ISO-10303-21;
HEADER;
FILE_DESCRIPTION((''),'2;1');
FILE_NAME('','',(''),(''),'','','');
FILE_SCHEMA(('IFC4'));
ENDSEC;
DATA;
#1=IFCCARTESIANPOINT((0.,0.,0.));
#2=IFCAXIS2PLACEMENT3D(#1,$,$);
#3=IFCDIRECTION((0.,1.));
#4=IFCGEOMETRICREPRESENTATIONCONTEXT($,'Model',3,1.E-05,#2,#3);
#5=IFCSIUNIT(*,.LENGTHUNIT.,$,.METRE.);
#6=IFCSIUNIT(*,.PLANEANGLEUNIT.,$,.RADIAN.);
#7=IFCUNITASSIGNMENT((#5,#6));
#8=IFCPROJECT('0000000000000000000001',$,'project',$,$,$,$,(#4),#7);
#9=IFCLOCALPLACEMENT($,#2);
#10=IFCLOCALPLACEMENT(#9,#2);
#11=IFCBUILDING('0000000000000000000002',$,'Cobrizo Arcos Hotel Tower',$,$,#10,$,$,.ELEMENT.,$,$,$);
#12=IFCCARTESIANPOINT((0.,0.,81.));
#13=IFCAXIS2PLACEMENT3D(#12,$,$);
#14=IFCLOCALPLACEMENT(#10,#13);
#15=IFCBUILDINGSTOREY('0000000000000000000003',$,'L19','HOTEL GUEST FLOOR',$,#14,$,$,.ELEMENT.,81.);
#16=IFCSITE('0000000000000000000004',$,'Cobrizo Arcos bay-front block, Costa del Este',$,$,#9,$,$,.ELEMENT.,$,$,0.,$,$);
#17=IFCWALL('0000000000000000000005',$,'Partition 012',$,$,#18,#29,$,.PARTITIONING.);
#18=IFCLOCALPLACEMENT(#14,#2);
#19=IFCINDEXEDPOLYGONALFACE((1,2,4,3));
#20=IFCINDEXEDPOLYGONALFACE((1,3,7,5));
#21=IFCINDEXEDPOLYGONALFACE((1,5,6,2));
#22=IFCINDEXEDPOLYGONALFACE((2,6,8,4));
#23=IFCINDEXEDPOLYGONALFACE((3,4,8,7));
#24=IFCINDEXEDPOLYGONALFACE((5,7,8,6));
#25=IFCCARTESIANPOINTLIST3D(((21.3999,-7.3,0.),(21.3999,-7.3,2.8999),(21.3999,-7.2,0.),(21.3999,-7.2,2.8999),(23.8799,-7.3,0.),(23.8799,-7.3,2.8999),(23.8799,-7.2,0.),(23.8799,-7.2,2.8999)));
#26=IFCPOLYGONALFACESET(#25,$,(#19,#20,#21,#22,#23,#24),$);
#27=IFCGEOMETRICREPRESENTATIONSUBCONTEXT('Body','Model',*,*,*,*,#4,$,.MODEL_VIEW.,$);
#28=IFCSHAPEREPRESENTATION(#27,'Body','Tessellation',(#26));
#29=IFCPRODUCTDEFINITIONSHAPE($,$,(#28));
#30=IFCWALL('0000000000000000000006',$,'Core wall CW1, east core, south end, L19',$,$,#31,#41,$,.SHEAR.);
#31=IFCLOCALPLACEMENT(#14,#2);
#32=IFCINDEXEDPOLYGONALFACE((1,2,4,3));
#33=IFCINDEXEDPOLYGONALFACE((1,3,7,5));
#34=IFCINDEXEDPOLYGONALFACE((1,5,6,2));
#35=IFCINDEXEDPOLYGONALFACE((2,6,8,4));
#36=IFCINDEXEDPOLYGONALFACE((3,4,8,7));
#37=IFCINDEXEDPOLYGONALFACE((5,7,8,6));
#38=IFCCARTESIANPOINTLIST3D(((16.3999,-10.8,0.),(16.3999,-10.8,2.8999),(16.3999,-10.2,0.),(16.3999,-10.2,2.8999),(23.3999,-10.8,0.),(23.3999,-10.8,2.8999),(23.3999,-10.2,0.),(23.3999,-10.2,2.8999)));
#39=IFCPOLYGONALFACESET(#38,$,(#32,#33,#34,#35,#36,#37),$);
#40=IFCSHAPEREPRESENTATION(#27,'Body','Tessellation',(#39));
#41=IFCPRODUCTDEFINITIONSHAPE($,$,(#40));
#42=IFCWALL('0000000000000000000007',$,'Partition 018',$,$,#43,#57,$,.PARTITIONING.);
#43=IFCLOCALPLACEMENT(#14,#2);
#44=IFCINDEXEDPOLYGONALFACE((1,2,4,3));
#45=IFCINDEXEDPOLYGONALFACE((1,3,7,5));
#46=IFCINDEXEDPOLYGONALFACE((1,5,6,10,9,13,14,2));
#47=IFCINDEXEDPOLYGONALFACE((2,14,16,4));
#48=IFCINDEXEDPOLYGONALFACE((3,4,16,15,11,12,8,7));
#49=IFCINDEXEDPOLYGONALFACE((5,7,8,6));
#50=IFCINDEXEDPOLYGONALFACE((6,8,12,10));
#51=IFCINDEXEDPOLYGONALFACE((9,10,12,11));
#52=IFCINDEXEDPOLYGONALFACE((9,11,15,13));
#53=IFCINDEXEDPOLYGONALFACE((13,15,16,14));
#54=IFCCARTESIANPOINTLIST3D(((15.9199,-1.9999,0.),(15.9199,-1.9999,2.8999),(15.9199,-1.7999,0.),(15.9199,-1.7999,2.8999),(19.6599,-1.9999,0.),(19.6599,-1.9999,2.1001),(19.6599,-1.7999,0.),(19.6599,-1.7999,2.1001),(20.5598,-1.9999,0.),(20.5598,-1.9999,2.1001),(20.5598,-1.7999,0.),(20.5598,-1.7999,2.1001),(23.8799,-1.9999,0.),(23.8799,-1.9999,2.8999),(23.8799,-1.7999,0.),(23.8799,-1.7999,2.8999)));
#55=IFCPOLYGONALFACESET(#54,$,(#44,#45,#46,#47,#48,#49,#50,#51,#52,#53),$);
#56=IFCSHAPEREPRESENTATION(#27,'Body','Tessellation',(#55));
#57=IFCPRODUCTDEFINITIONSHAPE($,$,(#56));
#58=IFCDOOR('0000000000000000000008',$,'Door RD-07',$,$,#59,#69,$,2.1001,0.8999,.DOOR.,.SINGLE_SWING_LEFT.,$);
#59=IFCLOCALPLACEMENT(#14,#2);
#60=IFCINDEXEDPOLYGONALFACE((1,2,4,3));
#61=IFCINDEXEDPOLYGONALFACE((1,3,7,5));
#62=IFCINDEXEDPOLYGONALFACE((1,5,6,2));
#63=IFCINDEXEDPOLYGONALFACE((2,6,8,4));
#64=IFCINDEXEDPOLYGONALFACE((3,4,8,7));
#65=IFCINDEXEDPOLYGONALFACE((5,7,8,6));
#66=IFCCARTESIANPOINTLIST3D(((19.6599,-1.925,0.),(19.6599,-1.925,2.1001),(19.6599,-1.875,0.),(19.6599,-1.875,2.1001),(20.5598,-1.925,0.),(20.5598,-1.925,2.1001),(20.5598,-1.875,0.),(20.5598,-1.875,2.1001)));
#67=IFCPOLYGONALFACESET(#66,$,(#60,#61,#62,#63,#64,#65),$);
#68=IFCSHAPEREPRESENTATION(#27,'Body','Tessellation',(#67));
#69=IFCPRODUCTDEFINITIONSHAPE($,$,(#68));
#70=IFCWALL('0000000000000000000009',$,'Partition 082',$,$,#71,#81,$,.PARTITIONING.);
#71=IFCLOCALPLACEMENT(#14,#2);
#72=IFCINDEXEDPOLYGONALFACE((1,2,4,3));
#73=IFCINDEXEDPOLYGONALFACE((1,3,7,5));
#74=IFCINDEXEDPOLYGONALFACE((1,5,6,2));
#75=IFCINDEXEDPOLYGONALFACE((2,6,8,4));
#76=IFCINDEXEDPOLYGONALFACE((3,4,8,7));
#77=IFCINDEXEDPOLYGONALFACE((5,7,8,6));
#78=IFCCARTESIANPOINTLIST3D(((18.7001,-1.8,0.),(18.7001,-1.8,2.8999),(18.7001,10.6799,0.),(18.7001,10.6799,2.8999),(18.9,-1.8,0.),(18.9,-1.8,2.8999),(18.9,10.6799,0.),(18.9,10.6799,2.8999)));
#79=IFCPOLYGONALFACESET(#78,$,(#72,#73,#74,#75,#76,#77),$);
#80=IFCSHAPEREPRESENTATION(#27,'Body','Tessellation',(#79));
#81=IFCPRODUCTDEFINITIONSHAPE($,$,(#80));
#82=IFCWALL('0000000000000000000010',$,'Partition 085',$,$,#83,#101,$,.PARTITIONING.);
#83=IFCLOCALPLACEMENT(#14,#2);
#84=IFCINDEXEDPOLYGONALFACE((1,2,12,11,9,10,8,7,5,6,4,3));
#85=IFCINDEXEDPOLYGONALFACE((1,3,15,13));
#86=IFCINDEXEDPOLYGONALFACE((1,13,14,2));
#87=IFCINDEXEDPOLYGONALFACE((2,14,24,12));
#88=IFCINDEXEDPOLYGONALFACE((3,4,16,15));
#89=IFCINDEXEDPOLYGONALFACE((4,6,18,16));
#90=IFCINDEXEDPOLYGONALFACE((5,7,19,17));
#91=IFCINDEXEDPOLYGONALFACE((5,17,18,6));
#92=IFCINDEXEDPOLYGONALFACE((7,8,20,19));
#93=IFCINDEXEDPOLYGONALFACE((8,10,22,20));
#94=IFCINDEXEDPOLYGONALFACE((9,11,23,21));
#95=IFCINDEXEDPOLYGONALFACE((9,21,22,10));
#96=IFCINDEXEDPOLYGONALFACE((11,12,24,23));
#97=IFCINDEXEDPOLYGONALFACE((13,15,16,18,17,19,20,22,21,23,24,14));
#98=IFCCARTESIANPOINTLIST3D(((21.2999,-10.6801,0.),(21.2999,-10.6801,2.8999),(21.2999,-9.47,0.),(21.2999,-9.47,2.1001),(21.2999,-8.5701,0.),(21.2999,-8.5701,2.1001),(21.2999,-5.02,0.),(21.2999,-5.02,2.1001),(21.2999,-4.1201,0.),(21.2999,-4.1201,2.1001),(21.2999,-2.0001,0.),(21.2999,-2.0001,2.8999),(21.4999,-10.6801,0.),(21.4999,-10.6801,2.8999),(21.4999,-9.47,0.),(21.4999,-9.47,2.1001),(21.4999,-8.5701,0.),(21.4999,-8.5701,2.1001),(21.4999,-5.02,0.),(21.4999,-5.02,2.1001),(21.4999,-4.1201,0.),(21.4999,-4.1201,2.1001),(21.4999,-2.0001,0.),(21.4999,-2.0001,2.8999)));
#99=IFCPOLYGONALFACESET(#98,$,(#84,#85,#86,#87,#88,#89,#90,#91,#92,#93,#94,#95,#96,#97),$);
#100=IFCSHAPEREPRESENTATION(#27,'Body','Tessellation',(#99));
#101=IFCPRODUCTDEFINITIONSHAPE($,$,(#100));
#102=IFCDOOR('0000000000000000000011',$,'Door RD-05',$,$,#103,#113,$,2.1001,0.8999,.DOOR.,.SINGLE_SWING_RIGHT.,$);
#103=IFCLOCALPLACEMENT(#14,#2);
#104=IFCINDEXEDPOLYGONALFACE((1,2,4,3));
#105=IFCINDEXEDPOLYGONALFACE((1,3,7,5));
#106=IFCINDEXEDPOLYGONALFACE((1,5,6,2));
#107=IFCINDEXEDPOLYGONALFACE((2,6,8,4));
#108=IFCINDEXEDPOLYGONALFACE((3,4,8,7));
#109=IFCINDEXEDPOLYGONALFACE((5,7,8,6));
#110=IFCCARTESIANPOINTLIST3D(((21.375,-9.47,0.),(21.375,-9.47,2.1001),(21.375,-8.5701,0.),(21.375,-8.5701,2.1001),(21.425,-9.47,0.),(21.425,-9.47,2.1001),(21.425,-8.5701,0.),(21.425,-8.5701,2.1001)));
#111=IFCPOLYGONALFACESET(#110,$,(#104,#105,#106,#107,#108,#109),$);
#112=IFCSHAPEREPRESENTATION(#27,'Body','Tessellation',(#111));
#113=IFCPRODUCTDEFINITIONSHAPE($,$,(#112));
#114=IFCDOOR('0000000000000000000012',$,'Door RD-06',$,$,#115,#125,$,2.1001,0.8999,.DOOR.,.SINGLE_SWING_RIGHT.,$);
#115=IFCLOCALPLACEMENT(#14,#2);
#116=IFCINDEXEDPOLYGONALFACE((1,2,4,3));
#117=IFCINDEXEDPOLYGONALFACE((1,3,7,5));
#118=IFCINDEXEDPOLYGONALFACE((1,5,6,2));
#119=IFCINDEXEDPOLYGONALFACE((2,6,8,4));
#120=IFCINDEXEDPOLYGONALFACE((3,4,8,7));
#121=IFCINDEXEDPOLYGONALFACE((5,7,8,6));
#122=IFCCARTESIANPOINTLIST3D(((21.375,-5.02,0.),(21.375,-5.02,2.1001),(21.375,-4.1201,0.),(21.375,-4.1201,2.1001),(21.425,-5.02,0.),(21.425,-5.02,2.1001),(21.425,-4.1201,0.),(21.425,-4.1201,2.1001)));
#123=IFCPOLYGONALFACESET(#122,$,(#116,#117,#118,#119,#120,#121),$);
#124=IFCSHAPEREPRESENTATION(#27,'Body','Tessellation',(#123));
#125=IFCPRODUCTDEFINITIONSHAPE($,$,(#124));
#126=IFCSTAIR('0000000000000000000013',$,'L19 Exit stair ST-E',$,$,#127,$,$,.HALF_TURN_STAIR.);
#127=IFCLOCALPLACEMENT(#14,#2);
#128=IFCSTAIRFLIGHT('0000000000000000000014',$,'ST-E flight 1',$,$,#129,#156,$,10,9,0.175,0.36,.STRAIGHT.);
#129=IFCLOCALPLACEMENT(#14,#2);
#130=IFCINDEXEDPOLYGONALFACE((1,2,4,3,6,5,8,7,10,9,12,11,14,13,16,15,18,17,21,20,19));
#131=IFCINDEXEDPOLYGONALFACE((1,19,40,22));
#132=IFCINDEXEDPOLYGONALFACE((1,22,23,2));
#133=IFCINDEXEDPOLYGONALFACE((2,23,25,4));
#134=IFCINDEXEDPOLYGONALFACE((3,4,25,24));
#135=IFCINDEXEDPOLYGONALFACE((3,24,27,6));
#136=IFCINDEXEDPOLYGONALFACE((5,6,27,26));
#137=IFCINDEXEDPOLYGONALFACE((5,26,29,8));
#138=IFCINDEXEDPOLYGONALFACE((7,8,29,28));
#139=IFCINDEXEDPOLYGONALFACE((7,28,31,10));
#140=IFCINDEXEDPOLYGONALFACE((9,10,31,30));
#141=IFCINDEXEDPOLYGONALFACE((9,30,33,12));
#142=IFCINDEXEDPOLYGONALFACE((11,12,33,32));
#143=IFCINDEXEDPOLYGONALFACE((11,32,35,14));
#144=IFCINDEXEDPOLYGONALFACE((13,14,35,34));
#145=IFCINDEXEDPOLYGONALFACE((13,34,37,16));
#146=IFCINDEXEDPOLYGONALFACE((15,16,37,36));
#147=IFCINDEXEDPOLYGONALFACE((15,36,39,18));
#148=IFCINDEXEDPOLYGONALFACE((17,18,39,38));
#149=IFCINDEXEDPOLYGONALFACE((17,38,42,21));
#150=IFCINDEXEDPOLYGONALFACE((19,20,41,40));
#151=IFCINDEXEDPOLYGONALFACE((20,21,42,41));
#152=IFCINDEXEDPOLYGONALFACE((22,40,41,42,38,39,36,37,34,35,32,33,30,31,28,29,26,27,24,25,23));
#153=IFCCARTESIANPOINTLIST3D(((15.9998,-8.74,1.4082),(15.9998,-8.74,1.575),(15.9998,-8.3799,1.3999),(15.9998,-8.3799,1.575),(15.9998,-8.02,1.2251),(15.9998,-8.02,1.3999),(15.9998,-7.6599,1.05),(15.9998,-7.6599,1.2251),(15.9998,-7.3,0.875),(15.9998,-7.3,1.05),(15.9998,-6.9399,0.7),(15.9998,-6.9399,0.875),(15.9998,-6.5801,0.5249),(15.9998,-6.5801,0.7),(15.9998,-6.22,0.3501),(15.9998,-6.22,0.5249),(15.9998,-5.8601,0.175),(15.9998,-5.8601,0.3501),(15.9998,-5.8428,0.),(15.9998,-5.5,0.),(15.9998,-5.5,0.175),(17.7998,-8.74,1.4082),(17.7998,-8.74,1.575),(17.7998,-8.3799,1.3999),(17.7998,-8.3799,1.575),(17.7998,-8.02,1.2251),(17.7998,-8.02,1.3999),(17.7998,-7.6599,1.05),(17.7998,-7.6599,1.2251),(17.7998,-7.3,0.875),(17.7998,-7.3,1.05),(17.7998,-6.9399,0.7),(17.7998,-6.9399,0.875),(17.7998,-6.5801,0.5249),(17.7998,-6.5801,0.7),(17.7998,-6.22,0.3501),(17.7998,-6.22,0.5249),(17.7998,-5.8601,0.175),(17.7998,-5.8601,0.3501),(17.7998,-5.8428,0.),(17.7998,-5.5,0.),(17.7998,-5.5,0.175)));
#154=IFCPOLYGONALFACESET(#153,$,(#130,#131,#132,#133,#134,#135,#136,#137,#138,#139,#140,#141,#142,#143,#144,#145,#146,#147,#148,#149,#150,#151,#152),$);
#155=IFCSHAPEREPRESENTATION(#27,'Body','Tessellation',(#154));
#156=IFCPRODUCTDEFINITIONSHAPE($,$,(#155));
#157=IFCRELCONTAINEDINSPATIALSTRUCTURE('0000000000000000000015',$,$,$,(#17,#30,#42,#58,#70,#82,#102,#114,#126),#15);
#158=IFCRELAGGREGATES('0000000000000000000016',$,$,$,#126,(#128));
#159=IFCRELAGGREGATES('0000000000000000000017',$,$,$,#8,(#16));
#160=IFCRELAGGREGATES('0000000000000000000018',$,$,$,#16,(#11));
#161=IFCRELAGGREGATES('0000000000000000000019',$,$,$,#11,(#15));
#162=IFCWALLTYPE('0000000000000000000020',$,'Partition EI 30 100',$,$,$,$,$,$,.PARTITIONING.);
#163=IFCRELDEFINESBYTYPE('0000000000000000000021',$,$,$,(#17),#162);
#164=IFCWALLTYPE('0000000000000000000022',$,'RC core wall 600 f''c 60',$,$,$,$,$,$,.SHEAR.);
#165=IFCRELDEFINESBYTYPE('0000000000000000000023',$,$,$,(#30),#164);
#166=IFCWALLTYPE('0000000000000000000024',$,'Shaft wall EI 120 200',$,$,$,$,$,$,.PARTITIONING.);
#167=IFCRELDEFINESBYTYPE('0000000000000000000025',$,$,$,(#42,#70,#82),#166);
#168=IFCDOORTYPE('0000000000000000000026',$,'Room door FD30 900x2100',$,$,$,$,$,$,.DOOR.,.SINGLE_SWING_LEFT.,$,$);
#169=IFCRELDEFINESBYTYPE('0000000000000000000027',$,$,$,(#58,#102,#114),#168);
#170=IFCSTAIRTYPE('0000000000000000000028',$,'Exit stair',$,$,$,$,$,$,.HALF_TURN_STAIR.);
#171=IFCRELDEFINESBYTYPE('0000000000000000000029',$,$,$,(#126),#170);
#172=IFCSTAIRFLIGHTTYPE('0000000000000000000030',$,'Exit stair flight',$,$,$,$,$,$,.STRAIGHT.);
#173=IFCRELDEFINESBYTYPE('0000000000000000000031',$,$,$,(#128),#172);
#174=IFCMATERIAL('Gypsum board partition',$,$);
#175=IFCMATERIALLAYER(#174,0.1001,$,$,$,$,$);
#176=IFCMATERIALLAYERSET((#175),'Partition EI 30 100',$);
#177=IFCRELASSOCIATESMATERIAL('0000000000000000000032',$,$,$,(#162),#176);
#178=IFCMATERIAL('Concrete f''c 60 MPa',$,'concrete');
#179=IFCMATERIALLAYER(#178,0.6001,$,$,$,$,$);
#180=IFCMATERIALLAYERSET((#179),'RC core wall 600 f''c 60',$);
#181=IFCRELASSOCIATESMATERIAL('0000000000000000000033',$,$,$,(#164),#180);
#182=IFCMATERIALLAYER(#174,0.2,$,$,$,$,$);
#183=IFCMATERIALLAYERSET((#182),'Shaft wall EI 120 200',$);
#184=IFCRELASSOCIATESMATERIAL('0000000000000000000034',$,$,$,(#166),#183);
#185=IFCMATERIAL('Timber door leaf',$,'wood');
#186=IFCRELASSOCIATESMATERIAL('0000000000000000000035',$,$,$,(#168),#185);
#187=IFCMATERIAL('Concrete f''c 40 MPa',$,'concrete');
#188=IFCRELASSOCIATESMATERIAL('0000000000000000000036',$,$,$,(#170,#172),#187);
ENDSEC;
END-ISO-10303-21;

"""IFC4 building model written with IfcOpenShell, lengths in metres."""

from ifc_helpers import new_model, si_unit, direction, frame, frame_2d, origin, place, context, subcontext, project, spatial, polyline, rectangle, outline, extrude, material, layer, layer_set, type_object, element, fill, aggregate, save


model = new_model("IFC4")

# Units and contexts
model_context = context("Model", 3, precision=1e-05, world=origin(), true_north=direction((0.0, 1.0)))
body_context = subcontext(model_context, "Body", "Model", "MODEL_VIEW")
ifc_project = project(units=[si_unit("LENGTHUNIT", "METRE"), si_unit("PLANEANGLEUNIT", "RADIAN")], contexts=[model_context])

# Site, building, storey
site_placement = place(None, origin())
site = spatial("IfcSite", under=ifc_project, at=site_placement, Name="Cobrizo Arcos bay-front block, Costa del Este", CompositionType="ELEMENT", RefElevation=0.0)
building_placement = place(site_placement, origin())
building = spatial("IfcBuilding", under=site, at=building_placement, Name="Cobrizo Arcos Hotel Tower", CompositionType="ELEMENT")
storey_placement = place(building_placement, frame((0.0, 0.0, 81.0)))
storey = spatial("IfcBuildingStorey", under=building, at=storey_placement, Name="L19", Description="HOTEL GUEST FLOOR", CompositionType="ELEMENT", Elevation=81.0)

# Walls
ifc_material_1 = material(Name="Gypsum board partition")
ifc_layer_1 = layer(ifc_material_1, 0.1001)
ifc_layer_set_1 = layer_set([ifc_layer_1], Name="Partition EI 30 100")
wall_type_1 = type_object("IfcWallType", Name="Partition EI 30 100", PredefinedType="PARTITIONING", material=ifc_layer_set_1)
wall_1_placement = place(storey_placement, frame((21.3999, -7.25, 0.0), z_axis=(0.0, 0.0, 1.0), x_axis=(1.0, 0.0, 0.0)))
element("IfcWall", 1, at=wall_1_placement, inside=storey, type_object=wall_type_1, Name="Partition 012", PredefinedType="PARTITIONING", context=body_context, shape_type="SweptSolid", body=[
    extrude(rectangle(XDim=2.48, YDim=0.1001, at=frame_2d((1.24, 0.0))), origin(), (0.0, 0.0, 1.0), 2.8999),
])
ifc_material_2 = material(Name="Concrete f'c 60 MPa", Category="concrete")
ifc_layer_2 = layer(ifc_material_2, 0.6001)
ifc_layer_set_2 = layer_set([ifc_layer_2], Name="RC core wall 600 f'c 60")
wall_type_2 = type_object("IfcWallType", Name="RC core wall 600 f'c 60", PredefinedType="SHEAR", material=ifc_layer_set_2)
wall_2_placement = place(storey_placement, frame((16.3999, -10.5, 0.0), z_axis=(0.0, 0.0, 1.0), x_axis=(1.0, 0.0, 0.0)))
element("IfcWall", 2, at=wall_2_placement, inside=storey, type_object=wall_type_2, Name="Core wall CW1, east core, south end, L19", PredefinedType="SHEAR", context=body_context, shape_type="SweptSolid", body=[
    extrude(rectangle(XDim=7.0, YDim=0.6001, at=frame_2d((3.5, 0.0))), origin(), (0.0, 0.0, 1.0), 2.8999),
])

# Wall, opening, door
ifc_layer_3 = layer(ifc_material_1, 0.2)
ifc_layer_set_3 = layer_set([ifc_layer_3], Name="Shaft wall EI 120 200")
wall_type_3 = type_object("IfcWallType", Name="Shaft wall EI 120 200", PredefinedType="PARTITIONING", material=ifc_layer_set_3)
wall_3_placement = place(storey_placement, frame((15.9199, -1.8999, 0.0), z_axis=(0.0, 0.0, 1.0), x_axis=(1.0, 0.0, 0.0)))
wall_3 = element("IfcWall", 3, at=wall_3_placement, inside=storey, type_object=wall_type_3, Name="Partition 018", PredefinedType="PARTITIONING", context=body_context, shape_type="SweptSolid", body=[
    extrude(rectangle(XDim=7.96, YDim=0.2, at=frame_2d((3.98, 0.0))), origin(), (0.0, 0.0, 1.0), 2.8999),
])
opening_1_placement = place(wall_3_placement, frame((3.74, 0.0, 0.0)))
opening_1 = element("IfcOpeningElement", 4, at=opening_1_placement, cuts=wall_3, PredefinedType="OPENING", context=body_context, shape_type="SweptSolid", body=[
    extrude(rectangle(XDim=0.8999, YDim=2.1001, at=frame_2d((0.45, 1.05))), frame((0.0, 0.1121, 0.0), z_axis=(0.0, -1.0, 0.0), x_axis=(1.0, 0.0, 0.0)), (0.0, 0.0, 1.0), 0.2239),
])
ifc_material_3 = material(Name="Timber door leaf", Category="wood")
door_type = type_object("IfcDoorType", Name="Room door FD30 900x2100", OperationType="SINGLE_SWING_LEFT", PredefinedType="DOOR", material=ifc_material_3)
door_1_placement = place(opening_1_placement, origin())
door_1 = element("IfcDoor", 5, at=door_1_placement, inside=storey, type_object=door_type, Name="Door RD-07", OperationType="SINGLE_SWING_LEFT", OverallHeight=2.1001, OverallWidth=0.8999, PredefinedType="DOOR", context=body_context, shape_type="SweptSolid", body=[
    extrude(rectangle(XDim=0.8999, YDim=2.1001, at=frame_2d((0.45, 1.05))), frame((0.0, 0.0249, 0.0), z_axis=(0.0, -1.0, 0.0), x_axis=(1.0, 0.0, 0.0)), (0.0, 0.0, 1.0), 0.05),
])
fill(opening_1, door_1)

# Wall
wall_4_placement = place(storey_placement, frame((18.8, -1.8, 0.0), z_axis=(0.0, 0.0, 1.0), x_axis=(0.0, 1.0, 0.0)))
element("IfcWall", 6, at=wall_4_placement, inside=storey, type_object=wall_type_3, Name="Partition 082", PredefinedType="PARTITIONING", context=body_context, shape_type="SweptSolid", body=[
    extrude(rectangle(XDim=12.48, YDim=0.2, at=frame_2d((6.24, 0.0))), origin(), (0.0, 0.0, 1.0), 2.8999),
])

# Wall, openings, doors
wall_5_placement = place(storey_placement, frame((21.3999, -10.6799, 0.0), z_axis=(0.0, 0.0, 1.0), x_axis=(0.0, 1.0, 0.0)))
wall_5 = element("IfcWall", 7, at=wall_5_placement, inside=storey, type_object=wall_type_3, Name="Partition 085", PredefinedType="PARTITIONING", context=body_context, shape_type="SweptSolid", body=[
    extrude(rectangle(XDim=8.6799, YDim=0.2, at=frame_2d((4.3398, 0.0))), origin(), (0.0, 0.0, 1.0), 2.8999),
])
opening_2_placement = place(wall_5_placement, frame((1.21, 0.0, 0.0)))
opening_2 = element("IfcOpeningElement", 8, at=opening_2_placement, cuts=wall_5, PredefinedType="OPENING", context=body_context, shape_type="SweptSolid", body=[
    extrude(rectangle(XDim=0.8999, YDim=2.1001, at=frame_2d((0.45, 1.05))), frame((0.0, 0.1121, 0.0), z_axis=(0.0, -1.0, 0.0), x_axis=(1.0, 0.0, 0.0)), (0.0, 0.0, 1.0), 0.2239),
])
opening_3_placement = place(wall_5_placement, frame((5.6599, 0.0, 0.0)))
opening_3 = element("IfcOpeningElement", 9, at=opening_3_placement, cuts=wall_5, PredefinedType="OPENING", context=body_context, shape_type="SweptSolid", body=[
    extrude(rectangle(XDim=0.8999, YDim=2.1001, at=frame_2d((0.45, 1.05))), frame((0.0, 0.1121, 0.0), z_axis=(0.0, -1.0, 0.0), x_axis=(1.0, 0.0, 0.0)), (0.0, 0.0, 1.0), 0.2239),
])
door_2_placement = place(opening_2_placement, origin())
door_2 = element("IfcDoor", 10, at=door_2_placement, inside=storey, type_object=door_type, Name="Door RD-05", OperationType="SINGLE_SWING_RIGHT", OverallHeight=2.1001, OverallWidth=0.8999, PredefinedType="DOOR", context=body_context, shape_type="SweptSolid", body=[
    extrude(rectangle(XDim=0.8999, YDim=2.1001, at=frame_2d((0.45, 1.05))), frame((0.0, 0.0249, 0.0), z_axis=(0.0, -1.0, 0.0), x_axis=(1.0, 0.0, 0.0)), (0.0, 0.0, 1.0), 0.05),
])
fill(opening_2, door_2)
door_3_placement = place(opening_3_placement, origin())
door_3 = element("IfcDoor", 11, at=door_3_placement, inside=storey, type_object=door_type, Name="Door RD-06", OperationType="SINGLE_SWING_RIGHT", OverallHeight=2.1001, OverallWidth=0.8999, PredefinedType="DOOR", context=body_context, shape_type="SweptSolid", body=[
    extrude(rectangle(XDim=0.8999, YDim=2.1001, at=frame_2d((0.45, 1.05))), frame((0.0, 0.0249, 0.0), z_axis=(0.0, -1.0, 0.0), x_axis=(1.0, 0.0, 0.0)), (0.0, 0.0, 1.0), 0.05),
])
fill(opening_3, door_3)

# Stair, stair flight
ifc_material_4 = material(Name="Concrete f'c 40 MPa", Category="concrete")
stair_type = type_object("IfcStairType", Name="Exit stair", PredefinedType="HALF_TURN_STAIR", material=ifc_material_4)
stair_placement = place(storey_placement, origin())
stair = element("IfcStair", 12, at=stair_placement, inside=storey, type_object=stair_type, Name="L19 Exit stair ST-E", PredefinedType="HALF_TURN_STAIR")
stair_flight_type = type_object("IfcStairFlightType", Name="Exit stair flight", PredefinedType="STRAIGHT", material=ifc_material_4)
stair_flight_1_placement = place(storey_placement, frame((16.8999, -5.5, 0.0), z_axis=(0.0, 0.0, 1.0), x_axis=(0.0, -1.0, 0.0)))
stair_flight_1 = element("IfcStairFlight", 13, at=stair_flight_1_placement, type_object=stair_flight_type, Name="ST-E flight 1", NumberOfRisers=10, NumberOfTreads=9, PredefinedType="STRAIGHT", RiserHeight=0.175, TreadLength=0.36, context=body_context, shape_type="SweptSolid", body=[
    extrude(outline(polyline([(0.0, 0.0), (0.0, 0.175), (0.3601, 0.175), (0.3601, 0.3501), (0.72, 0.3501), (0.72, 0.5249), (1.0801, 0.5249), (1.0801, 0.7), (1.4399, 0.7), (1.4399, 0.875), (1.8, 0.875), (1.8, 1.05), (2.1599, 1.05), (2.1599, 1.2251), (2.52, 1.2251), (2.52, 1.3999), (2.8799, 1.3999), (2.8799, 1.575), (3.24, 1.575), (3.24, 1.75), (3.24, 1.4082), (0.3428, 0.0), (0.0, 0.0)])), frame((0.0, 0.8999, 0.0), z_axis=(0.0, -1.0, 0.0), x_axis=(1.0, 0.0, 0.0)), (0.0, 0.0, 1.0), 1.8),
])
aggregate(stair, [stair_flight_1])

save(model, "model.ifc")
